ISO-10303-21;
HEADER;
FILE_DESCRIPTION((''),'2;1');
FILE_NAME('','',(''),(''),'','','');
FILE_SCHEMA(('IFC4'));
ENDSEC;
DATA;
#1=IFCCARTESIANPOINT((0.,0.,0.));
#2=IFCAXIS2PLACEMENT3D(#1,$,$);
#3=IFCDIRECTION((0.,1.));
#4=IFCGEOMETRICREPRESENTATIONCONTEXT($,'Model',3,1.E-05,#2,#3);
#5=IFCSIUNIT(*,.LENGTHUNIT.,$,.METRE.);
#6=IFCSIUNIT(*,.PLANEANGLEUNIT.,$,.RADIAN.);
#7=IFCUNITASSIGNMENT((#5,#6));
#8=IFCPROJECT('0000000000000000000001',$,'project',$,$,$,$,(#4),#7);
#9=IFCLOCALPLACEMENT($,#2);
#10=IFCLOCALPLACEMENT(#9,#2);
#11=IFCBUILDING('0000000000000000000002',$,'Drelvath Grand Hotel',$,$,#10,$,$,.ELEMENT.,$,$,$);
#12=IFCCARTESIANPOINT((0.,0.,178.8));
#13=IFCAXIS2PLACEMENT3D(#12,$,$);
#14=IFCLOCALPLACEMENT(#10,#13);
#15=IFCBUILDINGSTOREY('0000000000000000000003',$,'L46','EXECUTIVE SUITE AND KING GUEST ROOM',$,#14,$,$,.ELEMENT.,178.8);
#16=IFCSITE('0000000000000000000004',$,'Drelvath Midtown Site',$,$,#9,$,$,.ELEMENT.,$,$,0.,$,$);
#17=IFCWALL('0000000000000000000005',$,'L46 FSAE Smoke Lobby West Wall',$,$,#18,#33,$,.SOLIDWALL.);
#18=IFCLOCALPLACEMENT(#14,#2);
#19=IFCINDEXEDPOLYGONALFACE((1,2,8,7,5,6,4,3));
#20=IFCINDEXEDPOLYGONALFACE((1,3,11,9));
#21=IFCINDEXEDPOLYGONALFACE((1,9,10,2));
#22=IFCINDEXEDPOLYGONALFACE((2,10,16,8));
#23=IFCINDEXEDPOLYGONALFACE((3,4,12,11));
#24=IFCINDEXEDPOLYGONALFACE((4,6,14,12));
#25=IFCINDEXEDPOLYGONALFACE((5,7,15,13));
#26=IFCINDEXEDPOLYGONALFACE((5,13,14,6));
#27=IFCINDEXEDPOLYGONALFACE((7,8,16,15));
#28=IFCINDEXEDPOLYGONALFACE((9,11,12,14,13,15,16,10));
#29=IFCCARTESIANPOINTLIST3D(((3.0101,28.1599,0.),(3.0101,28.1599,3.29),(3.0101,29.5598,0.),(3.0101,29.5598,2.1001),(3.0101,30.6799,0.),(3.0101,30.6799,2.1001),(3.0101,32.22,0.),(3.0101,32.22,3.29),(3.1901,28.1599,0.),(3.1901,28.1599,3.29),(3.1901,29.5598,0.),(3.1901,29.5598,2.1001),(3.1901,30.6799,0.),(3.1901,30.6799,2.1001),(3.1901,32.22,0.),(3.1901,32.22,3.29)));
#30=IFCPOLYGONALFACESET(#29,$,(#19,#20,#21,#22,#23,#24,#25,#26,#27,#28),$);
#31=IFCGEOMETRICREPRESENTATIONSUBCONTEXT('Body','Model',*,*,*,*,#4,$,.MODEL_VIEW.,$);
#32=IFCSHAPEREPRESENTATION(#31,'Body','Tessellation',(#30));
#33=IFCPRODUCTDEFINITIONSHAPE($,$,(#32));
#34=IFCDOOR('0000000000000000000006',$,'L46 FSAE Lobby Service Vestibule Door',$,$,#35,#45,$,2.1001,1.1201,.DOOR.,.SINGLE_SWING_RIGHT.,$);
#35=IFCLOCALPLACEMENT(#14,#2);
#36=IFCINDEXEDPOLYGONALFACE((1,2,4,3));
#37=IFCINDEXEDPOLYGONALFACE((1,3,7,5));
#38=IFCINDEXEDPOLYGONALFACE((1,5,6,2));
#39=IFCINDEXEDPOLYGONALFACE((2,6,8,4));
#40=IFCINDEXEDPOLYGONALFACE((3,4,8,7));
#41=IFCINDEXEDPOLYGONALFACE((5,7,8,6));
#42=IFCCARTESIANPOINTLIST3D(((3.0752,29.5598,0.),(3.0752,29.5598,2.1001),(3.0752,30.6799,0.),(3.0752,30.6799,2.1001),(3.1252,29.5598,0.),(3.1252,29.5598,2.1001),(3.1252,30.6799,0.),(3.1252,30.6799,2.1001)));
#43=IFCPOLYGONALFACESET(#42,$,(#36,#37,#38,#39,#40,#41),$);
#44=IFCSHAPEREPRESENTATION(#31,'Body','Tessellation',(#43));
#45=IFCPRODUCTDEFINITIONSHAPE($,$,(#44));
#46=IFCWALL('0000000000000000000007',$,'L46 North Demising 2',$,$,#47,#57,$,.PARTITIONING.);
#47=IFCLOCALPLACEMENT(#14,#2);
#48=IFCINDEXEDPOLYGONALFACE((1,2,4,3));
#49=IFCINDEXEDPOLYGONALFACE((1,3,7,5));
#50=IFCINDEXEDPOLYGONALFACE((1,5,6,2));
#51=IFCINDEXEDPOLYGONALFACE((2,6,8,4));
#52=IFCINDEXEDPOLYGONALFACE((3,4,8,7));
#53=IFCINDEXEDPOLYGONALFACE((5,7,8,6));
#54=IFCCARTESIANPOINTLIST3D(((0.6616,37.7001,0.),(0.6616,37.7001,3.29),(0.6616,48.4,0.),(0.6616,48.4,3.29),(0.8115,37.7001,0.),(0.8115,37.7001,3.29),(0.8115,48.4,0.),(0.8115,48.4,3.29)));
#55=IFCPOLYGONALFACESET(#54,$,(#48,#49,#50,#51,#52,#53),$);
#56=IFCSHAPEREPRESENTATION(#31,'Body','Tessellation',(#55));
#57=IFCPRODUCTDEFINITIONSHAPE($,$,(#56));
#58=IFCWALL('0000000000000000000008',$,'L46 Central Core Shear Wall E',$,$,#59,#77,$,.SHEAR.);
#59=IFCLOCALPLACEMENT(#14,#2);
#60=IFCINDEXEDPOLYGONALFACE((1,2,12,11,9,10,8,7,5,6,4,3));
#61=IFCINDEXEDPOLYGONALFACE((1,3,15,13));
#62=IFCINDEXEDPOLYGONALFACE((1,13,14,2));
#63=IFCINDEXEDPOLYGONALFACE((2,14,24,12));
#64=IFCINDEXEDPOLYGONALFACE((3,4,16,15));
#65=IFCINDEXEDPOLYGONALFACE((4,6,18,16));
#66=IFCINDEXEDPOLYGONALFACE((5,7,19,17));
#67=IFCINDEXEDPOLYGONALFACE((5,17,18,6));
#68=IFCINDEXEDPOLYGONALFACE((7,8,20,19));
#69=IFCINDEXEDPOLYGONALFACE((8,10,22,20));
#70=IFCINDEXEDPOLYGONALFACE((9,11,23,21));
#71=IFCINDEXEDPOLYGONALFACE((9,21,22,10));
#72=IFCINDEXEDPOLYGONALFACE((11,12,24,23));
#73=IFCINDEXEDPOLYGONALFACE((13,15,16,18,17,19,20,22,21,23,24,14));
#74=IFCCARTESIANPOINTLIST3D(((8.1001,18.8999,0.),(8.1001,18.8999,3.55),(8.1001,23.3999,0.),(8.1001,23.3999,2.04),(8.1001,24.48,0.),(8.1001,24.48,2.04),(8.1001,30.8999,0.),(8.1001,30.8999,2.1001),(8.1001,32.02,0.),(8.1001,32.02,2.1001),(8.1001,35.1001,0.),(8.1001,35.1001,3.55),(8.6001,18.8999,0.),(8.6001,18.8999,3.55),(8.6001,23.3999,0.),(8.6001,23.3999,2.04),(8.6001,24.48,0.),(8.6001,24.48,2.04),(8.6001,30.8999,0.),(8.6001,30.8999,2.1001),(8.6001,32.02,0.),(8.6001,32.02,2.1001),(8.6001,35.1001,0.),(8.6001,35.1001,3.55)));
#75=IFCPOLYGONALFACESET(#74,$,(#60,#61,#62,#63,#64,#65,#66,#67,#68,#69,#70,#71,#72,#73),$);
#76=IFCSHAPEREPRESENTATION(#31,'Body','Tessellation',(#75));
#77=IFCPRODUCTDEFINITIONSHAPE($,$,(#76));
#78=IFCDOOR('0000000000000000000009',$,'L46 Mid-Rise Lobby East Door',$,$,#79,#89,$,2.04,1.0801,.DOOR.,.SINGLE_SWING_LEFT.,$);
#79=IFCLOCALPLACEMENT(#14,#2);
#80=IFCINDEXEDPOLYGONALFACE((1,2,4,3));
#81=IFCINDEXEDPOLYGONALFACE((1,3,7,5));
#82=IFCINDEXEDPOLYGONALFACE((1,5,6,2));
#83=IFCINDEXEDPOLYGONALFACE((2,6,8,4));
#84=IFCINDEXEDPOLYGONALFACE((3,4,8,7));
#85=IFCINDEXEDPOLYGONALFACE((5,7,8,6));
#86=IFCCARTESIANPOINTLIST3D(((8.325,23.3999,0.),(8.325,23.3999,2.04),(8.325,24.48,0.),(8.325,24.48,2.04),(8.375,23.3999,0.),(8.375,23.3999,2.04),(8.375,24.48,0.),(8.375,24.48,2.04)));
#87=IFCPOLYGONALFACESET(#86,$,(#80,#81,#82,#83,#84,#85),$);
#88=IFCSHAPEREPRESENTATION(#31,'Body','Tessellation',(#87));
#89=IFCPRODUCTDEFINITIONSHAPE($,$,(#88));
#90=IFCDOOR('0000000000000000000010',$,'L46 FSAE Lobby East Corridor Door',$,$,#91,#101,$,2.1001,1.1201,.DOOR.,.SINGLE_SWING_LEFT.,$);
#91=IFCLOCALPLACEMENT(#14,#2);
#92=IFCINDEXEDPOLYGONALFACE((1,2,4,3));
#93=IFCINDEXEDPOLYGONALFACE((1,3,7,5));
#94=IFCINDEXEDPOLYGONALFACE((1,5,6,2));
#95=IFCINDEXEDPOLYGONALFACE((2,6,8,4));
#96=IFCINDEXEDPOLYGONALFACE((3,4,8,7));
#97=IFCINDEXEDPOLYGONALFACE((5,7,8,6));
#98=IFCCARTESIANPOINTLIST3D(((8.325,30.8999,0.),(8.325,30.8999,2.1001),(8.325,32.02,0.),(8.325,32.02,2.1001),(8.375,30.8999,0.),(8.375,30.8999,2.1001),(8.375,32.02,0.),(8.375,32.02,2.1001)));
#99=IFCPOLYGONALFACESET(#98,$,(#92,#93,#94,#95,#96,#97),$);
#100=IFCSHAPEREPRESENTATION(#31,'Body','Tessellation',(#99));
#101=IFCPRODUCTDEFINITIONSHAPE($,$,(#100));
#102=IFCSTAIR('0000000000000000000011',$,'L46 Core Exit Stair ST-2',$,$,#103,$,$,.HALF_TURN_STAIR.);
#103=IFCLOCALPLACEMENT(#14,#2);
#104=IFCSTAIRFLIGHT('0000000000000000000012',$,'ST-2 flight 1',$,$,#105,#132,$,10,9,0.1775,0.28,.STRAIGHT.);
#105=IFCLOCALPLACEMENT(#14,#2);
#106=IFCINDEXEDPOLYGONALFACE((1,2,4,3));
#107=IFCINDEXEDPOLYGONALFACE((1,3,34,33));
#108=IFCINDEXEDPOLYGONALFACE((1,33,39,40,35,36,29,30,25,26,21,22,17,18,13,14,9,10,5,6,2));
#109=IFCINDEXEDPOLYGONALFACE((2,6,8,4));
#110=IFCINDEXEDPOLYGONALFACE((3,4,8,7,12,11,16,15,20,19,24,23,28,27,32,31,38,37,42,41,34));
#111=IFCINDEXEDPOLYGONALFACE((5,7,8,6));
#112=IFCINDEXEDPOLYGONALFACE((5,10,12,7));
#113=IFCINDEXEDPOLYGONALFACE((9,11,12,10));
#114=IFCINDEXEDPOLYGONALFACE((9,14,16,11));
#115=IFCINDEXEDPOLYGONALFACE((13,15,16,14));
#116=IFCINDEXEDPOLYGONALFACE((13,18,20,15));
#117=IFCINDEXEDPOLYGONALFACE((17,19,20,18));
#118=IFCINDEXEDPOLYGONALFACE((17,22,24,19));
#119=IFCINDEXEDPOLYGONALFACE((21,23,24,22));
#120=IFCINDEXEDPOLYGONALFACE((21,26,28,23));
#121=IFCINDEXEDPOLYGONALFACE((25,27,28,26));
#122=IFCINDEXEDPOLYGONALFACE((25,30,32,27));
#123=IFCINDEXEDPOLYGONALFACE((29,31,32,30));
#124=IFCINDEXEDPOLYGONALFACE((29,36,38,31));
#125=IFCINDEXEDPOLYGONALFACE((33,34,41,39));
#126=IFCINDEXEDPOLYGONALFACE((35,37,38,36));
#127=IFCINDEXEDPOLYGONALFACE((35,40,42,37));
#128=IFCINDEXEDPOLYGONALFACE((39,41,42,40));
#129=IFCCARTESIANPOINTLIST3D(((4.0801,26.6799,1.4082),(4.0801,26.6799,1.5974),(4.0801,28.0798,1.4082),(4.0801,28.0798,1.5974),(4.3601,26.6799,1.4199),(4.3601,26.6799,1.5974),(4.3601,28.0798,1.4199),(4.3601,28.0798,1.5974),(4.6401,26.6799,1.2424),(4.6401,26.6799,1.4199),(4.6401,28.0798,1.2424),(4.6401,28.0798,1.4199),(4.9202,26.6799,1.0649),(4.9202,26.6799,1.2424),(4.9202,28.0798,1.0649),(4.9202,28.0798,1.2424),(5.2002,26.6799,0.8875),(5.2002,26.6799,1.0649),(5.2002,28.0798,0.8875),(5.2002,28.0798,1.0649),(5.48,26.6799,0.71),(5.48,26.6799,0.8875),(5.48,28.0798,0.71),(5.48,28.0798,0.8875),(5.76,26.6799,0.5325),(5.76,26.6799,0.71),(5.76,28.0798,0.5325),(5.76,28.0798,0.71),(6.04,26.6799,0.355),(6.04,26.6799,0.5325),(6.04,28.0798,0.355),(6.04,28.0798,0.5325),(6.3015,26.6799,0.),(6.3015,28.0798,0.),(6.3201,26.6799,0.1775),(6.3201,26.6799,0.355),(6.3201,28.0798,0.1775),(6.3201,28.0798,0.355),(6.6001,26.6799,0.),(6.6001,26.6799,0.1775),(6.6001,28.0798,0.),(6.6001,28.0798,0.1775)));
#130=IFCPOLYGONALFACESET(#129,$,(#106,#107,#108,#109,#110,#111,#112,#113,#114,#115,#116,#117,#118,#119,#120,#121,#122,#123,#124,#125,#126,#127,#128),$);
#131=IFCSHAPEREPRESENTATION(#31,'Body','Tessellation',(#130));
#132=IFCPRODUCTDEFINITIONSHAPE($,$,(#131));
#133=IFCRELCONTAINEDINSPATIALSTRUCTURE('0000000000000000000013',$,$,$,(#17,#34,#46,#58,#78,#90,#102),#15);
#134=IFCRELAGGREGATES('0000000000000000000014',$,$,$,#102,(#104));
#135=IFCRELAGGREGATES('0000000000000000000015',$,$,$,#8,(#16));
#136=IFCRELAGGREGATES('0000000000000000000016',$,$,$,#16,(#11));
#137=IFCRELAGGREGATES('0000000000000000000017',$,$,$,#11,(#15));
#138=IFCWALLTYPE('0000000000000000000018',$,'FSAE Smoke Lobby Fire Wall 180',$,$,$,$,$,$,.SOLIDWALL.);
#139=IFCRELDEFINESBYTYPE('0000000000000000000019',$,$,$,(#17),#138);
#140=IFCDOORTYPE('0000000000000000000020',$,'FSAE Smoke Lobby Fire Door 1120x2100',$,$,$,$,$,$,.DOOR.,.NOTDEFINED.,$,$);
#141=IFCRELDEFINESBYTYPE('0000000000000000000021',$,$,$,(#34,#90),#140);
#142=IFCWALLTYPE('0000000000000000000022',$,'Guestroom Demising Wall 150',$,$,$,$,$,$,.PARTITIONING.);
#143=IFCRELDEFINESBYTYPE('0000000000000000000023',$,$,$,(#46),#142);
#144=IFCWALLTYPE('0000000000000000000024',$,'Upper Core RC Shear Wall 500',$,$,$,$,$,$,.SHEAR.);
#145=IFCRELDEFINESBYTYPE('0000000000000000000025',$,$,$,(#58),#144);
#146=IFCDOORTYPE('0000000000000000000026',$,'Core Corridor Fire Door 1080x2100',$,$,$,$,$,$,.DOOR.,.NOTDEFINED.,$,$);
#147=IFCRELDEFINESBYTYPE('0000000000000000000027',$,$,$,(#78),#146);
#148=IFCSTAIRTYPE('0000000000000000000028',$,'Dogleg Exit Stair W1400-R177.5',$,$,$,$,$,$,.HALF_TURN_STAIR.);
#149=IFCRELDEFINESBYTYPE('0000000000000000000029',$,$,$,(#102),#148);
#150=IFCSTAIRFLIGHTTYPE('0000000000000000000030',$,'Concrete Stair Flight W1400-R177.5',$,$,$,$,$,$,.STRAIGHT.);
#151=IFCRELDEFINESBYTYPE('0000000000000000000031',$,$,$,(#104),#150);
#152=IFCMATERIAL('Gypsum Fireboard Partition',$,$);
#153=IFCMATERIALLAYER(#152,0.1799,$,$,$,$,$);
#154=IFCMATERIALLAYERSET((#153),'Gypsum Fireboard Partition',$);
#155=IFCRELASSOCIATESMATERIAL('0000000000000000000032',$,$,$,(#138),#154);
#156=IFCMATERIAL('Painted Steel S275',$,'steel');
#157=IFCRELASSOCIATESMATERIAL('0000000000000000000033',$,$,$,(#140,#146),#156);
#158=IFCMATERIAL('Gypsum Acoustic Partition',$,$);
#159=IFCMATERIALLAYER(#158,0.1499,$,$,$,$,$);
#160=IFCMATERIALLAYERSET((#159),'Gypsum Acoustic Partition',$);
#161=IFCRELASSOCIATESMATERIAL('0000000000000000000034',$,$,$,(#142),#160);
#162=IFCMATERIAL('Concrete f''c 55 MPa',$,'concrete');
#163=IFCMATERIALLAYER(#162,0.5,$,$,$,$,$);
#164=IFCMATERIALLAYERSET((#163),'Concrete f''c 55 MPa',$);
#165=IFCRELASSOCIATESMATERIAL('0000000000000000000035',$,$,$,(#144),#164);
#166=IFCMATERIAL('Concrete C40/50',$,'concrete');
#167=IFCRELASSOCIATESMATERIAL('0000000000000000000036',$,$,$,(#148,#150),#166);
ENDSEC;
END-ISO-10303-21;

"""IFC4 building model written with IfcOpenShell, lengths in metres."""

from ifc_helpers import new_model, si_unit, direction, frame, frame_2d, origin, place, context, subcontext, project, spatial, polyline, rectangle, outline, extrude, material, layer, layer_set, type_object, element, fill, aggregate, save


model = new_model("IFC4")

# Units and contexts
model_context = context("Model", 3, precision=1e-05, world=origin(), true_north=direction((0.0, 1.0)))
body_context = subcontext(model_context, "Body", "Model", "MODEL_VIEW")
ifc_project = project(units=[si_unit("LENGTHUNIT", "METRE"), si_unit("PLANEANGLEUNIT", "RADIAN")], contexts=[model_context])

# Site, building, storey
site_placement = place(None, origin())
site = spatial("IfcSite", under=ifc_project, at=site_placement, Name="Drelvath Midtown Site", CompositionType="ELEMENT", RefElevation=0.0)
building_placement = place(site_placement, origin())
building = spatial("IfcBuilding", under=site, at=building_placement, Name="Drelvath Grand Hotel", CompositionType="ELEMENT")
storey_placement = place(building_placement, frame((0.0, 0.0, 178.8)))
storey = spatial("IfcBuildingStorey", under=building, at=storey_placement, Name="L46", Description="EXECUTIVE SUITE AND KING GUEST ROOM", CompositionType="ELEMENT", Elevation=178.8)

# Shared definitions
ifc_material_1 = material(Name="Concrete f'c 55 MPa", Category="concrete")

# Shared definitions
ifc_material_2 = material(Name="Concrete C40/50", Category="concrete")

# Shared definitions
ifc_material_3 = material(Name="Painted Steel S275", Category="steel")

# Shared definitions
ifc_material_4 = material(Name="Gypsum Fireboard Partition")

# Wall, opening, door
ifc_layer_1 = layer(ifc_material_4, 0.1799)
ifc_layer_set_1 = layer_set([ifc_layer_1], Name="Gypsum Fireboard Partition")
wall_type_1 = type_object("IfcWallType", Name="FSAE Smoke Lobby Fire Wall 180", PredefinedType="SOLIDWALL", material=ifc_layer_set_1)
wall_1_placement = place(storey_placement, frame((3.1001, 28.1599, 0.0), z_axis=(0.0, 0.0, 1.0), x_axis=(0.0, 1.0, 0.0)))
wall_1 = element("IfcWall", 1, at=wall_1_placement, inside=storey, type_object=wall_type_1, Name="L46 FSAE Smoke Lobby West Wall", PredefinedType="SOLIDWALL", context=body_context, shape_type="SweptSolid", body=[
    extrude(rectangle(XDim=4.0601, YDim=0.1799, at=frame_2d((2.03, 0.0))), origin(), (0.0, 0.0, 1.0), 3.29),
])
opening_1_placement = place(wall_1_placement, frame((1.3999, 0.0, 0.0)))
opening_1 = element("IfcOpeningElement", 2, at=opening_1_placement, cuts=wall_1, PredefinedType="OPENING", context=body_context, shape_type="SweptSolid", body=[
    extrude(rectangle(XDim=1.1201, YDim=2.1001, at=frame_2d((0.5601, 1.05))), frame((0.0, 0.0999, 0.0), z_axis=(0.0, -1.0, 0.0), x_axis=(1.0, 0.0, 0.0)), (0.0, 0.0, 1.0), 0.2),
])
door_type_1 = type_object("IfcDoorType", Name="FSAE Smoke Lobby Fire Door 1120x2100", OperationType="NOTDEFINED", PredefinedType="DOOR", material=ifc_material_3)
door_1_placement = place(opening_1_placement, origin())
door_1 = element("IfcDoor", 3, at=door_1_placement, inside=storey, type_object=door_type_1, Name="L46 FSAE Lobby Service Vestibule Door", OperationType="SINGLE_SWING_RIGHT", OverallHeight=2.1001, OverallWidth=1.1201, PredefinedType="DOOR", context=body_context, shape_type="SweptSolid", body=[
    extrude(rectangle(XDim=1.1201, YDim=2.1001, at=frame_2d((0.5601, 1.05))), frame((0.0, 0.0249, 0.0), z_axis=(0.0, -1.0, 0.0), x_axis=(1.0, 0.0, 0.0)), (0.0, 0.0, 1.0), 0.05),
])
fill(opening_1, door_1)

# Wall
ifc_material_5 = material(Name="Gypsum Acoustic Partition")
ifc_layer_2 = layer(ifc_material_5, 0.1499)
ifc_layer_set_2 = layer_set([ifc_layer_2], Name="Gypsum Acoustic Partition")
wall_type_2 = type_object("IfcWallType", Name="Guestroom Demising Wall 150", PredefinedType="PARTITIONING", material=ifc_layer_set_2)
wall_2_placement = place(storey_placement, frame((0.7366, 37.7, 0.0), z_axis=(0.0, 0.0, 1.0), x_axis=(0.0, 1.0, 0.0)))
element("IfcWall", 4, at=wall_2_placement, inside=storey, type_object=wall_type_2, Name="L46 North Demising 2", PredefinedType="PARTITIONING", context=body_context, shape_type="SweptSolid", body=[
    extrude(rectangle(XDim=10.7, YDim=0.1499, at=frame_2d((5.3501, 0.0))), origin(), (0.0, 0.0, 1.0), 3.29),
])

# Wall, openings, doors
ifc_layer_3 = layer(ifc_material_1, 0.5)
ifc_layer_set_3 = layer_set([ifc_layer_3], Name="Concrete f'c 55 MPa")
wall_type_3 = type_object("IfcWallType", Name="Upper Core RC Shear Wall 500", PredefinedType="SHEAR", material=ifc_layer_set_3)
wall_3_placement = place(storey_placement, frame((8.3501, 35.1001, 0.0), z_axis=(0.0, 0.0, 1.0), x_axis=(0.0, -1.0, 0.0)))
wall_3 = element("IfcWall", 5, at=wall_3_placement, inside=storey, type_object=wall_type_3, Name="L46 Central Core Shear Wall E", PredefinedType="SHEAR", context=body_context, shape_type="SweptSolid", body=[
    extrude(rectangle(XDim=16.2002, YDim=0.5, at=frame_2d((8.1001, 0.0))), origin(), (0.0, 0.0, 1.0), 3.55),
])
opening_2_placement = place(wall_3_placement, frame((3.0801, 0.0, 0.0)))
opening_2 = element("IfcOpeningElement", 6, at=opening_2_placement, cuts=wall_3, PredefinedType="OPENING", context=body_context, shape_type="SweptSolid", body=[
    extrude(rectangle(XDim=1.1201, YDim=2.1001, at=frame_2d((0.5601, 1.05))), frame((0.0, 0.26, 0.0), z_axis=(0.0, -1.0, 0.0), x_axis=(1.0, 0.0, 0.0)), (0.0, 0.0, 1.0), 0.52),
])
opening_3_placement = place(wall_3_placement, frame((10.6201, 0.0, 0.0)))
opening_3 = element("IfcOpeningElement", 7, at=opening_3_placement, cuts=wall_3, PredefinedType="OPENING", context=body_context, shape_type="SweptSolid", body=[
    extrude(rectangle(XDim=1.0801, YDim=2.04, at=frame_2d((0.54, 1.02))), frame((0.0, 0.26, 0.0), z_axis=(0.0, -1.0, 0.0), x_axis=(1.0, 0.0, 0.0)), (0.0, 0.0, 1.0), 0.52),
])
door_type_2 = type_object("IfcDoorType", Name="Core Corridor Fire Door 1080x2100", OperationType="NOTDEFINED", PredefinedType="DOOR", material=ifc_material_3)
door_2_placement = place(opening_3_placement, origin())
door_2 = element("IfcDoor", 8, at=door_2_placement, inside=storey, type_object=door_type_2, Name="L46 Mid-Rise Lobby East Door", OperationType="SINGLE_SWING_LEFT", OverallHeight=2.04, OverallWidth=1.0801, PredefinedType="DOOR", context=body_context, shape_type="SweptSolid", body=[
    extrude(rectangle(XDim=1.0801, YDim=2.04, at=frame_2d((0.54, 1.02))), frame((0.0, 0.0249, 0.0), z_axis=(0.0, -1.0, 0.0), x_axis=(1.0, 0.0, 0.0)), (0.0, 0.0, 1.0), 0.05),
])
fill(opening_3, door_2)
door_3_placement = place(opening_2_placement, origin())
door_3 = element("IfcDoor", 9, at=door_3_placement, inside=storey, type_object=door_type_1, Name="L46 FSAE Lobby East Corridor Door", OperationType="SINGLE_SWING_LEFT", OverallHeight=2.1001, OverallWidth=1.1201, PredefinedType="DOOR", context=body_context, shape_type="SweptSolid", body=[
    extrude(rectangle(XDim=1.1201, YDim=2.1001, at=frame_2d((0.5601, 1.05))), frame((0.0, 0.0249, 0.0), z_axis=(0.0, -1.0, 0.0), x_axis=(1.0, 0.0, 0.0)), (0.0, 0.0, 1.0), 0.05),
])
fill(opening_2, door_3)

# Stair, stair flight
stair_type = type_object("IfcStairType", Name="Dogleg Exit Stair W1400-R177.5", PredefinedType="HALF_TURN_STAIR", material=ifc_material_2)
stair_placement = place(storey_placement, origin())
stair = element("IfcStair", 10, at=stair_placement, inside=storey, type_object=stair_type, Name="L46 Core Exit Stair ST-2", PredefinedType="HALF_TURN_STAIR")
stair_flight_type = type_object("IfcStairFlightType", Name="Concrete Stair Flight W1400-R177.5", PredefinedType="STRAIGHT", material=ifc_material_2)
stair_flight_placement = place(storey_placement, frame((6.6001, 27.3799, 0.0), z_axis=(0.0, 0.0, 1.0), x_axis=(-1.0, 0.0, 0.0)))
stair_flight = element("IfcStairFlight", 11, at=stair_flight_placement, type_object=stair_flight_type, Name="ST-2 flight 1", NumberOfRisers=10, NumberOfTreads=9, PredefinedType="STRAIGHT", RiserHeight=0.1775, TreadLength=0.28, context=body_context, shape_type="SweptSolid", body=[
    extrude(outline(polyline([(0.0, 0.0), (0.0, 0.1775), (0.28, 0.1775), (0.28, 0.355), (0.5601, 0.355), (0.5601, 0.5325), (0.8401, 0.5325), (0.8401, 0.71), (1.1201, 0.71), (1.1201, 0.8875), (1.3999, 0.8875), (1.3999, 1.0649), (1.6799, 1.0649), (1.6799, 1.2424), (1.96, 1.2424), (1.96, 1.4199), (2.24, 1.4199), (2.24, 1.5974), (2.52, 1.5974), (2.52, 1.7749), (2.52, 1.4082), (0.2986, 0.0), (0.0, 0.0)])), frame((0.0, 0.7, 0.0), z_axis=(0.0, -1.0, 0.0), x_axis=(1.0, 0.0, 0.0)), (0.0, 0.0, 1.0), 1.3999),
])
aggregate(stair, [stair_flight])

save(model, "model.ifc")
